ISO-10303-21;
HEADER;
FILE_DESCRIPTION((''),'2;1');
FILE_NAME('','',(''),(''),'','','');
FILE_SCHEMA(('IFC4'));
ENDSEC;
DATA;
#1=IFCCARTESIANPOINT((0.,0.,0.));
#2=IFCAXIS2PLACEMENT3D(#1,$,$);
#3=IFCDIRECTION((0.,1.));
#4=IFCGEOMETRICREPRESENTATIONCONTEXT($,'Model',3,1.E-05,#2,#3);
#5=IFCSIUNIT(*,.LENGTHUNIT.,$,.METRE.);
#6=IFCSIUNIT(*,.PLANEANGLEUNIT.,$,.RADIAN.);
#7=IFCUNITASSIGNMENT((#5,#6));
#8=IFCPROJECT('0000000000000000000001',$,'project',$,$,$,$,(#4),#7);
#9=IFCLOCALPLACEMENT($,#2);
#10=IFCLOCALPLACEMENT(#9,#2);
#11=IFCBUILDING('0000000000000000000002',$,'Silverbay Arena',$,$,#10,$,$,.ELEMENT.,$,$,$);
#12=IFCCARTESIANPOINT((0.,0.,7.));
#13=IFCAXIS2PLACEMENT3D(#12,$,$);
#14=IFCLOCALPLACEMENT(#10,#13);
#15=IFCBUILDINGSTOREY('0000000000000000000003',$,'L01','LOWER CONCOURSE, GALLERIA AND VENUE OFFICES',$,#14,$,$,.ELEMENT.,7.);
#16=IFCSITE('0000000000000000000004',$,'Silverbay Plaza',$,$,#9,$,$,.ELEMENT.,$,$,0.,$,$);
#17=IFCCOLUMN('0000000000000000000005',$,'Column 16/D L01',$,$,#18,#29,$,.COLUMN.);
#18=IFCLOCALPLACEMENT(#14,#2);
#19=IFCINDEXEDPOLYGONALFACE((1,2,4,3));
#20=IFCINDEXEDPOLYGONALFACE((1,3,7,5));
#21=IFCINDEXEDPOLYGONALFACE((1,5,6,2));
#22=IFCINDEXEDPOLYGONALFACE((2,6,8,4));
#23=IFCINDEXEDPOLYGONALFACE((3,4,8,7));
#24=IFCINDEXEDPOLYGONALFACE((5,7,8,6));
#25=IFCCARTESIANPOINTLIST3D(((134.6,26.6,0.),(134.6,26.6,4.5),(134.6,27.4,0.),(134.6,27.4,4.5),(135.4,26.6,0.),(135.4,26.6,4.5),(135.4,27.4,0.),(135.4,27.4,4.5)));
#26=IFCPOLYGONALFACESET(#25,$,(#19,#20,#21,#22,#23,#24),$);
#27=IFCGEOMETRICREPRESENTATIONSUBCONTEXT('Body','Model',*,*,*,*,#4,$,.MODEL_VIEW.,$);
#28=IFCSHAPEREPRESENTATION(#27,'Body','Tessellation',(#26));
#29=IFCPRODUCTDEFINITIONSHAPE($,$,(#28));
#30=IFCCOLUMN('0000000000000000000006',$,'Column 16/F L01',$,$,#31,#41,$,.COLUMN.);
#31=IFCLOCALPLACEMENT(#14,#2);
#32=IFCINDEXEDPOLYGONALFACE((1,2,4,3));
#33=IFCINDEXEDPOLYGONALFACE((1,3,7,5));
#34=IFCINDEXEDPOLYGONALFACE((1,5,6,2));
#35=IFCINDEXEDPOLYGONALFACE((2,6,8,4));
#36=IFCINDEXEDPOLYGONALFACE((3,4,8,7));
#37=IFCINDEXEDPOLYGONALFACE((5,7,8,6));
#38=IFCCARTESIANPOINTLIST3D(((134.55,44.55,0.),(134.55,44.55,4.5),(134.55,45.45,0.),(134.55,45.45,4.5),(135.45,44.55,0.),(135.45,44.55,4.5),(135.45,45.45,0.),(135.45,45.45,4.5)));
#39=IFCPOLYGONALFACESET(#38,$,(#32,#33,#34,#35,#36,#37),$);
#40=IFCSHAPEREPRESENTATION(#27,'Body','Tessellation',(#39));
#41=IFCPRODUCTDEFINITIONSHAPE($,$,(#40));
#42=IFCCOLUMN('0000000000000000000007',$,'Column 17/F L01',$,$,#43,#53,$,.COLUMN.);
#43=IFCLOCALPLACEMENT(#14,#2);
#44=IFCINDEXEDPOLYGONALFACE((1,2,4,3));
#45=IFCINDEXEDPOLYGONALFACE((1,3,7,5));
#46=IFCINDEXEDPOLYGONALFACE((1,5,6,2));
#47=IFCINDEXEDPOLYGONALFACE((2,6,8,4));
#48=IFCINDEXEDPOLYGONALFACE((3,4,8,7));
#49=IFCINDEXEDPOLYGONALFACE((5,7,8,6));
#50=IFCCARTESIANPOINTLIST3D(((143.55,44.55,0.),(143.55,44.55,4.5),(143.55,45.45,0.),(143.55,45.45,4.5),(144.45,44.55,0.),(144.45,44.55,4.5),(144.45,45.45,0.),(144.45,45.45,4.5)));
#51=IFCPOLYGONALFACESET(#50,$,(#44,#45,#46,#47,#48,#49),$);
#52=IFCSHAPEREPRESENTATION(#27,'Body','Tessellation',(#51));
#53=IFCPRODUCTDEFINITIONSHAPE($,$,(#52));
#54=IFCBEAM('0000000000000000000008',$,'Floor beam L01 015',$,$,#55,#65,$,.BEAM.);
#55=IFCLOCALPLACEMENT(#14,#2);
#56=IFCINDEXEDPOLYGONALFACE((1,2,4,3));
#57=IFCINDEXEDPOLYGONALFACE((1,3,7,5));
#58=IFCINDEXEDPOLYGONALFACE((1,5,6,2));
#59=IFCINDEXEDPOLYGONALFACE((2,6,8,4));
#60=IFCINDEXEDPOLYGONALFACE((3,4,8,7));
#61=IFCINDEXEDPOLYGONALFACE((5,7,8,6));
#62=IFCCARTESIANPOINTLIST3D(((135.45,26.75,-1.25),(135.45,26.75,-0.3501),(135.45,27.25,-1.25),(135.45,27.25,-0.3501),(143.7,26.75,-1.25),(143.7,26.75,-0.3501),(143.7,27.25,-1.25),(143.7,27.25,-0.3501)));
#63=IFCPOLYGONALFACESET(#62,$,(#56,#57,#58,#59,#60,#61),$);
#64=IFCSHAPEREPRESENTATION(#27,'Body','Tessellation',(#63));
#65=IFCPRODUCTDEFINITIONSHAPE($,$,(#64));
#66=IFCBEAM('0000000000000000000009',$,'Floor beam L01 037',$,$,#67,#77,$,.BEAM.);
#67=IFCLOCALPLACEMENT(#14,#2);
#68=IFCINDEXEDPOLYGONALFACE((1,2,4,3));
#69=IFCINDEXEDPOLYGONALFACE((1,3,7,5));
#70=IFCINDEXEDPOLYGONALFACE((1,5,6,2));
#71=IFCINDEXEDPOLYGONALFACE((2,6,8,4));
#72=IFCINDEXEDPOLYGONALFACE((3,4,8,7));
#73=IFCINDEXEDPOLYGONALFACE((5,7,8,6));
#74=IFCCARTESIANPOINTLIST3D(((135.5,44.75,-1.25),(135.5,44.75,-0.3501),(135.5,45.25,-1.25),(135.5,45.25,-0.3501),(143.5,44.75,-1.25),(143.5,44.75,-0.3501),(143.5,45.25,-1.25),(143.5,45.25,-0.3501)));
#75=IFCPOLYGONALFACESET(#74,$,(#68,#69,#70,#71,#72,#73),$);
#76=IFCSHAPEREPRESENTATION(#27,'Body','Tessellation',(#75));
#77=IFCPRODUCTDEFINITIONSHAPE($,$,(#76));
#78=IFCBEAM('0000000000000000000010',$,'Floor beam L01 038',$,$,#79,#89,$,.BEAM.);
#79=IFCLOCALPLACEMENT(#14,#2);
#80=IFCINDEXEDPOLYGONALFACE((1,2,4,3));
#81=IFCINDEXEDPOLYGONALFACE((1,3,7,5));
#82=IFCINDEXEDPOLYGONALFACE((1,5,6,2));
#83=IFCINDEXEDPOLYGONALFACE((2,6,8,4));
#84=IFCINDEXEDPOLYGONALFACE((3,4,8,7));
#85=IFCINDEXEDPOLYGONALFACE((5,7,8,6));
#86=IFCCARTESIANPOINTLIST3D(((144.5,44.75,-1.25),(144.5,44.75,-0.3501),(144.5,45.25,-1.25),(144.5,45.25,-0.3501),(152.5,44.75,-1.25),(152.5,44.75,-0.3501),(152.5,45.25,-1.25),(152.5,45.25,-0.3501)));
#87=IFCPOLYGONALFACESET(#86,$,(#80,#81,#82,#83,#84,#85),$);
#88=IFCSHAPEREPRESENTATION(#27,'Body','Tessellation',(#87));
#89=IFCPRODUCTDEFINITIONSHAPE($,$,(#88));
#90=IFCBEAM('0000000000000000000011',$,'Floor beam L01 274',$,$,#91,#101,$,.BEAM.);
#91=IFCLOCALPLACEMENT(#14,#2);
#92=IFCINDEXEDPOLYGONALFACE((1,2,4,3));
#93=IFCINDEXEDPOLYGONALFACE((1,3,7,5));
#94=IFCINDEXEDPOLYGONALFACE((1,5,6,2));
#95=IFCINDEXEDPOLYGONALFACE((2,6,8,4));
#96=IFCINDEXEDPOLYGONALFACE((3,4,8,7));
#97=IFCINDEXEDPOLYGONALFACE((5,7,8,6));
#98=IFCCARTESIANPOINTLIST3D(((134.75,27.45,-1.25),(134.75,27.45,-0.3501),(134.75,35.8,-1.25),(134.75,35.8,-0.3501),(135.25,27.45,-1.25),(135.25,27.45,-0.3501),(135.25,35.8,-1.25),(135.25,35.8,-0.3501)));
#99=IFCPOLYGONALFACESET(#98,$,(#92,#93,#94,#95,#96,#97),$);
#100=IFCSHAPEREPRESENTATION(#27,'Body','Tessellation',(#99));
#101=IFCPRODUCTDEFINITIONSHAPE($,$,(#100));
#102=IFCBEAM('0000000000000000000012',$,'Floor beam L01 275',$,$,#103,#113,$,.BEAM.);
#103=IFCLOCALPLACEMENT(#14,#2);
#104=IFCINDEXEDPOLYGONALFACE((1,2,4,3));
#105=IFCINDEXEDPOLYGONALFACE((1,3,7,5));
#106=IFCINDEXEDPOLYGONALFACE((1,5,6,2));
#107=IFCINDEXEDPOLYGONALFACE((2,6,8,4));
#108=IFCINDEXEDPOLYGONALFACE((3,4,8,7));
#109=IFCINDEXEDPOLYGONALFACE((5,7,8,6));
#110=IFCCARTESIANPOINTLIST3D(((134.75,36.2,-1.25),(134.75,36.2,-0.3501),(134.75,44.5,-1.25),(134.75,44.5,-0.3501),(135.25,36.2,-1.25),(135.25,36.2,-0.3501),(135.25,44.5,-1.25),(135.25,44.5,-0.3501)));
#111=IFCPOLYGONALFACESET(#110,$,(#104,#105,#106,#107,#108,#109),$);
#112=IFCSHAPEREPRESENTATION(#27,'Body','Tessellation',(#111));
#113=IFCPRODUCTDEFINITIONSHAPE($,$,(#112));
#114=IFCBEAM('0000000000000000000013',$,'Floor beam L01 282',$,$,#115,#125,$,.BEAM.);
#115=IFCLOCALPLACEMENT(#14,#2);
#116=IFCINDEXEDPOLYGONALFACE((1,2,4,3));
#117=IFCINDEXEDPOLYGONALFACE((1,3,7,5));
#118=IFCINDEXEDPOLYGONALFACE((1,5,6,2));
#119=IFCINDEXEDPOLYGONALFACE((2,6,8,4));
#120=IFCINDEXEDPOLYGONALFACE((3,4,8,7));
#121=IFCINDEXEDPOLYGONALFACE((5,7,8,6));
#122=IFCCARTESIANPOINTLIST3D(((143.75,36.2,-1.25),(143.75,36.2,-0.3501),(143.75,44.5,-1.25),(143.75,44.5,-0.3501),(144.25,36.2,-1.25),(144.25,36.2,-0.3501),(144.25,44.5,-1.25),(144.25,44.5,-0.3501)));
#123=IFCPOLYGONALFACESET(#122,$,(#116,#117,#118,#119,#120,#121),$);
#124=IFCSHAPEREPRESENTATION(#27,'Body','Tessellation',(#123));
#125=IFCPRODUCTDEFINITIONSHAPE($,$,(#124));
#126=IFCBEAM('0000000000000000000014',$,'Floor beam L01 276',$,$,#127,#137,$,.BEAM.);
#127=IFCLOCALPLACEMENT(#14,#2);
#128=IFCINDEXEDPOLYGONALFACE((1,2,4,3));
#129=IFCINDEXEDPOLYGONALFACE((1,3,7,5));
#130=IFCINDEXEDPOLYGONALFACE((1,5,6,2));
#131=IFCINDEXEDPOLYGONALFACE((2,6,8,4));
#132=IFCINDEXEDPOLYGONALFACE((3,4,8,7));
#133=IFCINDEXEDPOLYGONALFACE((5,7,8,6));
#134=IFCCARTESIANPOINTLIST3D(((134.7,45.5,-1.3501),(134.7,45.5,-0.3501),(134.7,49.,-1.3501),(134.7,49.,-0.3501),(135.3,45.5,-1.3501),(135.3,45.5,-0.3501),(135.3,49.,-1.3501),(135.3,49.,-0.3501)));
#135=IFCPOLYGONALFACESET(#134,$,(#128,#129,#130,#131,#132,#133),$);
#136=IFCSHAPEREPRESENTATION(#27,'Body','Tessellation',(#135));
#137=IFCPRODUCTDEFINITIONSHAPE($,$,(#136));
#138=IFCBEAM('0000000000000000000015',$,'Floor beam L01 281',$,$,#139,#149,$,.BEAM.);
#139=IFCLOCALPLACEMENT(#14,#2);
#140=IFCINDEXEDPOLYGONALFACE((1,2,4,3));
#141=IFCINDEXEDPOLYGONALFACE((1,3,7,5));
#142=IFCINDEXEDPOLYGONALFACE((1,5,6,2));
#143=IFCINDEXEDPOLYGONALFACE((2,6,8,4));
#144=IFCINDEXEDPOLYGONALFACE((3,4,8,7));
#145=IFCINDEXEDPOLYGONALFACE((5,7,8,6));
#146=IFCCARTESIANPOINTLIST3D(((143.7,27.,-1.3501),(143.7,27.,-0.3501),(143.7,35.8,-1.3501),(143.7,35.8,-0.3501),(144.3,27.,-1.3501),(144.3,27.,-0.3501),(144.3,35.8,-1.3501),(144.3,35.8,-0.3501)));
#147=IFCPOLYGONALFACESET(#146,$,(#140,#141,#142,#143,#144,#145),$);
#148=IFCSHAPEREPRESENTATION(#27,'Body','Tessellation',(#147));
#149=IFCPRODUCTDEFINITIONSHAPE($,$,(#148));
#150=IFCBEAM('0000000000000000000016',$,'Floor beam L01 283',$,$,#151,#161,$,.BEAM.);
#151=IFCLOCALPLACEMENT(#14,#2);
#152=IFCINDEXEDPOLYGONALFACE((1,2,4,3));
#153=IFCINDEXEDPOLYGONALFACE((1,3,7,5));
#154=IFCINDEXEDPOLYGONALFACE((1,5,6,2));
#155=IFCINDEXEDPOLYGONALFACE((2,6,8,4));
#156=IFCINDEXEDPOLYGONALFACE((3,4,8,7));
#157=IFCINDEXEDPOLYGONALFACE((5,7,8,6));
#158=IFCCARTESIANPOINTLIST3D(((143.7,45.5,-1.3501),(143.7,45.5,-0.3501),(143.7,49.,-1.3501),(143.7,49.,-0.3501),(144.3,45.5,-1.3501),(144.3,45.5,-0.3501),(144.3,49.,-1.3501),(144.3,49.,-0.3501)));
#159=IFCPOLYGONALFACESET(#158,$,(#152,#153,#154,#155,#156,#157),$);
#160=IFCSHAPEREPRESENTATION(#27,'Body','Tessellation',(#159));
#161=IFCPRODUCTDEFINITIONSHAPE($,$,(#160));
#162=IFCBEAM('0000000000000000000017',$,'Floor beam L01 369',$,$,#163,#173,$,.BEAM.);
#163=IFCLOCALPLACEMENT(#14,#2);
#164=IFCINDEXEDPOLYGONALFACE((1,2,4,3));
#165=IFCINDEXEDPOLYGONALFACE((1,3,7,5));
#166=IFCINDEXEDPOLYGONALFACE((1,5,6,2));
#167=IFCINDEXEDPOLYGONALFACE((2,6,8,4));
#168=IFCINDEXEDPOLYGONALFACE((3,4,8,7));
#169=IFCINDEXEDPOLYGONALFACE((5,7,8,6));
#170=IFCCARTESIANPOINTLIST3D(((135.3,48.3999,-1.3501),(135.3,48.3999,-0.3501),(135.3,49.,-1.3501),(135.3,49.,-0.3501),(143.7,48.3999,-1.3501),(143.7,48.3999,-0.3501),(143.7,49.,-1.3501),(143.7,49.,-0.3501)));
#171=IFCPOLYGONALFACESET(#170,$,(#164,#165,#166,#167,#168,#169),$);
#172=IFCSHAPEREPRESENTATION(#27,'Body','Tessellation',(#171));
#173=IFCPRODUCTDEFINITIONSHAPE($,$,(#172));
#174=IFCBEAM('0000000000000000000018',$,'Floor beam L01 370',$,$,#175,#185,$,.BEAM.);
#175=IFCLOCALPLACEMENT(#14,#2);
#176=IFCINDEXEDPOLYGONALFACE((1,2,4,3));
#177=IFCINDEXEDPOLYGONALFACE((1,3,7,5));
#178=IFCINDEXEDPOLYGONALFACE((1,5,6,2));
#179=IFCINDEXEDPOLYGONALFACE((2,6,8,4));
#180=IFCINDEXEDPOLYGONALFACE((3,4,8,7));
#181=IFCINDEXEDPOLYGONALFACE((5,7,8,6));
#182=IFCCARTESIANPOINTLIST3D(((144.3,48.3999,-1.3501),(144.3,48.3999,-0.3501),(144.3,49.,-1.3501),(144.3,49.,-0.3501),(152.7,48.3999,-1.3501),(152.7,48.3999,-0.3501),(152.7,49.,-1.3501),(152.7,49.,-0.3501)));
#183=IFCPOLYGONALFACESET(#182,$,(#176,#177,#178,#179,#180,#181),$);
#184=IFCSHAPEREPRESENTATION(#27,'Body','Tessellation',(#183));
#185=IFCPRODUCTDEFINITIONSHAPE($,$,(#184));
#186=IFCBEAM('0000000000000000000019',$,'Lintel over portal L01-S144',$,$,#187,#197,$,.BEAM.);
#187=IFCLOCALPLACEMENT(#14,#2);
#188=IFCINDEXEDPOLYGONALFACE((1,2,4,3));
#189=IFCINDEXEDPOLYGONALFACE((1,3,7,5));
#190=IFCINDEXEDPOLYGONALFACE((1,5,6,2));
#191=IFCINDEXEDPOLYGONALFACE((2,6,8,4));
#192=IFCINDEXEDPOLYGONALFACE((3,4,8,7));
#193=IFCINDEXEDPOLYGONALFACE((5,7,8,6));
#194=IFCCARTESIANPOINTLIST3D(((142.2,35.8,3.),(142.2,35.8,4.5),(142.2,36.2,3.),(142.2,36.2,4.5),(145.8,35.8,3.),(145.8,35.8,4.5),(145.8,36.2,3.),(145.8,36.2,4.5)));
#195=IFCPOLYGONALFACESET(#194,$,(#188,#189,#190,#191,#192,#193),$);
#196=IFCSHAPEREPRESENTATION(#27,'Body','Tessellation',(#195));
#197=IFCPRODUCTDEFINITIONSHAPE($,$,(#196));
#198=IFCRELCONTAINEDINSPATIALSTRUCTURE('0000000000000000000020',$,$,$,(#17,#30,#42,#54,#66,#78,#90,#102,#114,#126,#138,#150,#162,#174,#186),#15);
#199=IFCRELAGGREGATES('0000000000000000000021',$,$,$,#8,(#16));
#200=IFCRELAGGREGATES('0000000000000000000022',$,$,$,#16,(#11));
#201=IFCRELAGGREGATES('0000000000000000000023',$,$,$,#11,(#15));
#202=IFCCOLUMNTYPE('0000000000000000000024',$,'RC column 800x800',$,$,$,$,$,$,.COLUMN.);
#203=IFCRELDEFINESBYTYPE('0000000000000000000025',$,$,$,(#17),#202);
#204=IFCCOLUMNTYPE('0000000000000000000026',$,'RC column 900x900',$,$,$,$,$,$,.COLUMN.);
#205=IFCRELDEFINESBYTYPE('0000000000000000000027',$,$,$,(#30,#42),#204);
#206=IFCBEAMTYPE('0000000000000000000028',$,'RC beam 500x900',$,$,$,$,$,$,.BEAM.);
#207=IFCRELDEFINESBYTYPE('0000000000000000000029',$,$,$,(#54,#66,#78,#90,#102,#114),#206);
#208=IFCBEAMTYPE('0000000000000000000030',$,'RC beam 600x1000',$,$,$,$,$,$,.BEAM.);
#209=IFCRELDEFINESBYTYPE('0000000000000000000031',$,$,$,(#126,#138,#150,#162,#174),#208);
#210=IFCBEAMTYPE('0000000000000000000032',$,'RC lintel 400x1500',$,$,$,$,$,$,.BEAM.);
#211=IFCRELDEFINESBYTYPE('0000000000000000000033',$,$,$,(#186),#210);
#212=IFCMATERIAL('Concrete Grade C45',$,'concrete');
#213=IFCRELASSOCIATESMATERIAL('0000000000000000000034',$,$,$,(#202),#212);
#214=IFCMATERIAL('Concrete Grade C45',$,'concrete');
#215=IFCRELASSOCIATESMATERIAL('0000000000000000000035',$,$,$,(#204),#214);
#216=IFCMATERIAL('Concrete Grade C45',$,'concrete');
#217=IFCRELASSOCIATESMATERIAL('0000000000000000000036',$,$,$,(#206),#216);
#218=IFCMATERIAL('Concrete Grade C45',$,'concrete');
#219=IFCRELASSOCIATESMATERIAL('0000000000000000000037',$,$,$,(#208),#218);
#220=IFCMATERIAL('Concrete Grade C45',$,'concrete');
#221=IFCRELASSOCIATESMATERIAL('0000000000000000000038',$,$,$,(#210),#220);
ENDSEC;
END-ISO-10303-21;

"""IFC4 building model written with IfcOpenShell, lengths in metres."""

from ifc_helpers import new_model, si_unit, direction, frame, origin, origin_2d, place, context, subcontext, project, spatial, rectangle, extrude, material, material_profile, profile_set, type_object, element, save


model = new_model("IFC4")

# Units and contexts
model_context = context("Model", 3, precision=1e-05, world=origin(), true_north=direction((0.0, 1.0)))
body_context = subcontext(model_context, "Body", "Model", "MODEL_VIEW")
ifc_project = project(units=[si_unit("LENGTHUNIT", "METRE"), si_unit("PLANEANGLEUNIT", "RADIAN")], contexts=[model_context])

# Site, building, storey
site_placement = place(None, origin())
site = spatial("IfcSite", under=ifc_project, at=site_placement, Name="Silverbay Plaza", CompositionType="ELEMENT", RefElevation=0.0)
building_placement = place(site_placement, origin())
building = spatial("IfcBuilding", under=site, at=building_placement, Name="Silverbay Arena", CompositionType="ELEMENT")
storey_placement = place(building_placement, frame((0.0, 0.0, 7.0)))
storey = spatial("IfcBuildingStorey", under=building, at=storey_placement, Name="L01", Description="LOWER CONCOURSE, GALLERIA AND VENUE OFFICES", CompositionType="ELEMENT", Elevation=7.0)

# Columns
ifc_material_1 = material(Name="Concrete Grade C45", Category="concrete")
ifc_material_profile_1 = material_profile(ifc_material_1, rectangle(XDim=0.8, YDim=0.8, at=origin_2d()), Name="RC 800x800")
ifc_profile_set_1 = profile_set([ifc_material_profile_1], Name="Concrete Grade C45")
column_type_1 = type_object("IfcColumnType", Name="RC column 800x800", PredefinedType="COLUMN", material=ifc_profile_set_1)
column_placement = place(storey_placement, frame((135.0, 27.0, 0.0), z_axis=(0.0, 0.0, 1.0), x_axis=(1.0, 0.0, 0.0)))
element("IfcColumn", 1, at=column_placement, inside=storey, type_object=column_type_1, Name="Column 16/D L01", PredefinedType="COLUMN", context=body_context, shape_type="SweptSolid", body=[
    extrude(rectangle(XDim=0.8, YDim=0.8, at=origin_2d()), origin(), (0.0, 0.0, 1.0), 4.5),
])
ifc_material_2 = material(Name="Concrete Grade C45", Category="concrete")
ifc_material_profile_2 = material_profile(ifc_material_2, rectangle(XDim=0.8999, YDim=0.8999, at=origin_2d()), Name="RC 900x900")
ifc_profile_set_2 = profile_set([ifc_material_profile_2], Name="Concrete Grade C45")
column_type_2 = type_object("IfcColumnType", Name="RC column 900x900", PredefinedType="COLUMN", material=ifc_profile_set_2)
for number, where, z_axis, x_axis, name in (
    (2, (135.0, 45.0, 0.0), (0.0, 0.0, 1.0), (1.0, 0.0, 0.0), "Column 16/F L01"),
    (3, (144.0, 45.0, 0.0), (0.0, 0.0, 1.0), (1.0, 0.0, 0.0), "Column 17/F L01"),
):
    element("IfcColumn", number, at=place(storey_placement, frame(where, z_axis=z_axis, x_axis=x_axis)), inside=storey, type_object=column_type_2, Name=name, PredefinedType="COLUMN", context=body_context, shape_type="SweptSolid", body=[
        extrude(rectangle(XDim=0.8999, YDim=0.8999, at=origin_2d()), origin(), (0.0, 0.0, 1.0), 4.5),
    ])

# Beams
ifc_material_3 = material(Name="Concrete Grade C45", Category="concrete")
ifc_material_profile_3 = material_profile(ifc_material_3, rectangle(XDim=0.5, YDim=0.8999, at=origin_2d()), Name="RC 500x900")
ifc_profile_set_3 = profile_set([ifc_material_profile_3], Name="Concrete Grade C45")
beam_type_1 = type_object("IfcBeamType", Name="RC beam 500x900", PredefinedType="BEAM", material=ifc_profile_set_3)
beam_1_placement = place(storey_placement, frame((135.45, 27.0, -0.8), z_axis=(1.0, 0.0, 0.0), x_axis=(0.0, 1.0, 0.0)))
element("IfcBeam", 4, at=beam_1_placement, inside=storey, type_object=beam_type_1, Name="Floor beam L01 015", PredefinedType="BEAM", context=body_context, shape_type="SweptSolid", body=[
    extrude(rectangle(XDim=0.5, YDim=0.8999, at=origin_2d()), origin(), (0.0, 0.0, 1.0), 8.25),
])
for number, where, z_axis, x_axis, name in (
    (5, (135.5, 45.0, -0.8), (1.0, 0.0, 0.0), (0.0, 1.0, 0.0), "Floor beam L01 037"),
    (6, (144.5, 45.0, -0.8), (1.0, 0.0, 0.0), (0.0, 1.0, 0.0), "Floor beam L01 038"),
):
    element("IfcBeam", number, at=place(storey_placement, frame(where, z_axis=z_axis, x_axis=x_axis)), inside=storey, type_object=beam_type_1, Name=name, PredefinedType="BEAM", context=body_context, shape_type="SweptSolid", body=[
        extrude(rectangle(XDim=0.5, YDim=0.8999, at=origin_2d()), origin(), (0.0, 0.0, 1.0), 8.0),
    ])
beam_2_placement = place(storey_placement, frame((135.0, 27.45, -0.8), z_axis=(0.0, 1.0, 0.0), x_axis=(-1.0, 0.0, 0.0)))
element("IfcBeam", 7, at=beam_2_placement, inside=storey, type_object=beam_type_1, Name="Floor beam L01 274", PredefinedType="BEAM", context=body_context, shape_type="SweptSolid", body=[
    extrude(rectangle(XDim=0.5, YDim=0.8999, at=origin_2d()), origin(), (0.0, 0.0, 1.0), 8.3501),
])
for number, where, z_axis, x_axis, name in (
    (8, (135.0, 36.2, -0.8), (0.0, 1.0, 0.0), (-1.0, 0.0, 0.0), "Floor beam L01 275"),
    (9, (144.0, 36.2, -0.8), (0.0, 1.0, 0.0), (-1.0, 0.0, 0.0), "Floor beam L01 282"),
):
    element("IfcBeam", number, at=place(storey_placement, frame(where, z_axis=z_axis, x_axis=x_axis)), inside=storey, type_object=beam_type_1, Name=name, PredefinedType="BEAM", context=body_context, shape_type="SweptSolid", body=[
        extrude(rectangle(XDim=0.5, YDim=0.8999, at=origin_2d()), origin(), (0.0, 0.0, 1.0), 8.3),
    ])
ifc_material_4 = material(Name="Concrete Grade C45", Category="concrete")
ifc_material_profile_4 = material_profile(ifc_material_4, rectangle(XDim=0.6001, YDim=1.0, at=origin_2d()), Name="RC 600x1000")
ifc_profile_set_4 = profile_set([ifc_material_profile_4], Name="Concrete Grade C45")
beam_type_2 = type_object("IfcBeamType", Name="RC beam 600x1000", PredefinedType="BEAM", material=ifc_profile_set_4)
beam_3_placement = place(storey_placement, frame((135.0, 45.5, -0.8501), z_axis=(0.0, 1.0, 0.0), x_axis=(-1.0, 0.0, 0.0)))
element("IfcBeam", 10, at=beam_3_placement, inside=storey, type_object=beam_type_2, Name="Floor beam L01 276", PredefinedType="BEAM", context=body_context, shape_type="SweptSolid", body=[
    extrude(rectangle(XDim=0.6001, YDim=1.0, at=origin_2d()), origin(), (0.0, 0.0, 1.0), 3.5),
])
beam_4_placement = place(storey_placement, frame((144.0, 27.0, -0.8501), z_axis=(0.0, 1.0, 0.0), x_axis=(-1.0, 0.0, 0.0)))
element("IfcBeam", 11, at=beam_4_placement, inside=storey, type_object=beam_type_2, Name="Floor beam L01 281", PredefinedType="BEAM", context=body_context, shape_type="SweptSolid", body=[
    extrude(rectangle(XDim=0.6001, YDim=1.0, at=origin_2d()), origin(), (0.0, 0.0, 1.0), 8.8),
])
beam_5_placement = place(storey_placement, frame((144.0, 45.5, -0.8501), z_axis=(0.0, 1.0, 0.0), x_axis=(-1.0, 0.0, 0.0)))
element("IfcBeam", 12, at=beam_5_placement, inside=storey, type_object=beam_type_2, Name="Floor beam L01 283", PredefinedType="BEAM", context=body_context, shape_type="SweptSolid", body=[
    extrude(rectangle(XDim=0.6001, YDim=1.0, at=origin_2d()), origin(), (0.0, 0.0, 1.0), 3.5),
])
for number, where, z_axis, x_axis, name in (
    (13, (135.3, 48.7, -0.8501), (1.0, 0.0, 0.0), (0.0, 1.0, 0.0), "Floor beam L01 369"),
    (14, (144.3, 48.7, -0.8501), (1.0, 0.0, 0.0), (0.0, 1.0, 0.0), "Floor beam L01 370"),
):
    element("IfcBeam", number, at=place(storey_placement, frame(where, z_axis=z_axis, x_axis=x_axis)), inside=storey, type_object=beam_type_2, Name=name, PredefinedType="BEAM", context=body_context, shape_type="SweptSolid", body=[
        extrude(rectangle(XDim=0.6001, YDim=1.0, at=origin_2d()), origin(), (0.0, 0.0, 1.0), 8.3999),
    ])
ifc_material_5 = material(Name="Concrete Grade C45", Category="concrete")
ifc_material_profile_5 = material_profile(ifc_material_5, rectangle(XDim=0.3999, YDim=1.5, at=origin_2d()), Name="RC 400x1500")
ifc_profile_set_5 = profile_set([ifc_material_profile_5], Name="Concrete Grade C45")
beam_type_3 = type_object("IfcBeamType", Name="RC lintel 400x1500", PredefinedType="BEAM", material=ifc_profile_set_5)
beam_6_placement = place(storey_placement, frame((142.2, 36.0, 3.75), z_axis=(1.0, 0.0, 0.0), x_axis=(0.0, 1.0, 0.0)))
element("IfcBeam", 15, at=beam_6_placement, inside=storey, type_object=beam_type_3, Name="Lintel over portal L01-S144", PredefinedType="BEAM", context=body_context, shape_type="SweptSolid", body=[
    extrude(rectangle(XDim=0.3999, YDim=1.5, at=origin_2d()), origin(), (0.0, 0.0, 1.0), 3.6001),
])

save(model, "model.ifc")
